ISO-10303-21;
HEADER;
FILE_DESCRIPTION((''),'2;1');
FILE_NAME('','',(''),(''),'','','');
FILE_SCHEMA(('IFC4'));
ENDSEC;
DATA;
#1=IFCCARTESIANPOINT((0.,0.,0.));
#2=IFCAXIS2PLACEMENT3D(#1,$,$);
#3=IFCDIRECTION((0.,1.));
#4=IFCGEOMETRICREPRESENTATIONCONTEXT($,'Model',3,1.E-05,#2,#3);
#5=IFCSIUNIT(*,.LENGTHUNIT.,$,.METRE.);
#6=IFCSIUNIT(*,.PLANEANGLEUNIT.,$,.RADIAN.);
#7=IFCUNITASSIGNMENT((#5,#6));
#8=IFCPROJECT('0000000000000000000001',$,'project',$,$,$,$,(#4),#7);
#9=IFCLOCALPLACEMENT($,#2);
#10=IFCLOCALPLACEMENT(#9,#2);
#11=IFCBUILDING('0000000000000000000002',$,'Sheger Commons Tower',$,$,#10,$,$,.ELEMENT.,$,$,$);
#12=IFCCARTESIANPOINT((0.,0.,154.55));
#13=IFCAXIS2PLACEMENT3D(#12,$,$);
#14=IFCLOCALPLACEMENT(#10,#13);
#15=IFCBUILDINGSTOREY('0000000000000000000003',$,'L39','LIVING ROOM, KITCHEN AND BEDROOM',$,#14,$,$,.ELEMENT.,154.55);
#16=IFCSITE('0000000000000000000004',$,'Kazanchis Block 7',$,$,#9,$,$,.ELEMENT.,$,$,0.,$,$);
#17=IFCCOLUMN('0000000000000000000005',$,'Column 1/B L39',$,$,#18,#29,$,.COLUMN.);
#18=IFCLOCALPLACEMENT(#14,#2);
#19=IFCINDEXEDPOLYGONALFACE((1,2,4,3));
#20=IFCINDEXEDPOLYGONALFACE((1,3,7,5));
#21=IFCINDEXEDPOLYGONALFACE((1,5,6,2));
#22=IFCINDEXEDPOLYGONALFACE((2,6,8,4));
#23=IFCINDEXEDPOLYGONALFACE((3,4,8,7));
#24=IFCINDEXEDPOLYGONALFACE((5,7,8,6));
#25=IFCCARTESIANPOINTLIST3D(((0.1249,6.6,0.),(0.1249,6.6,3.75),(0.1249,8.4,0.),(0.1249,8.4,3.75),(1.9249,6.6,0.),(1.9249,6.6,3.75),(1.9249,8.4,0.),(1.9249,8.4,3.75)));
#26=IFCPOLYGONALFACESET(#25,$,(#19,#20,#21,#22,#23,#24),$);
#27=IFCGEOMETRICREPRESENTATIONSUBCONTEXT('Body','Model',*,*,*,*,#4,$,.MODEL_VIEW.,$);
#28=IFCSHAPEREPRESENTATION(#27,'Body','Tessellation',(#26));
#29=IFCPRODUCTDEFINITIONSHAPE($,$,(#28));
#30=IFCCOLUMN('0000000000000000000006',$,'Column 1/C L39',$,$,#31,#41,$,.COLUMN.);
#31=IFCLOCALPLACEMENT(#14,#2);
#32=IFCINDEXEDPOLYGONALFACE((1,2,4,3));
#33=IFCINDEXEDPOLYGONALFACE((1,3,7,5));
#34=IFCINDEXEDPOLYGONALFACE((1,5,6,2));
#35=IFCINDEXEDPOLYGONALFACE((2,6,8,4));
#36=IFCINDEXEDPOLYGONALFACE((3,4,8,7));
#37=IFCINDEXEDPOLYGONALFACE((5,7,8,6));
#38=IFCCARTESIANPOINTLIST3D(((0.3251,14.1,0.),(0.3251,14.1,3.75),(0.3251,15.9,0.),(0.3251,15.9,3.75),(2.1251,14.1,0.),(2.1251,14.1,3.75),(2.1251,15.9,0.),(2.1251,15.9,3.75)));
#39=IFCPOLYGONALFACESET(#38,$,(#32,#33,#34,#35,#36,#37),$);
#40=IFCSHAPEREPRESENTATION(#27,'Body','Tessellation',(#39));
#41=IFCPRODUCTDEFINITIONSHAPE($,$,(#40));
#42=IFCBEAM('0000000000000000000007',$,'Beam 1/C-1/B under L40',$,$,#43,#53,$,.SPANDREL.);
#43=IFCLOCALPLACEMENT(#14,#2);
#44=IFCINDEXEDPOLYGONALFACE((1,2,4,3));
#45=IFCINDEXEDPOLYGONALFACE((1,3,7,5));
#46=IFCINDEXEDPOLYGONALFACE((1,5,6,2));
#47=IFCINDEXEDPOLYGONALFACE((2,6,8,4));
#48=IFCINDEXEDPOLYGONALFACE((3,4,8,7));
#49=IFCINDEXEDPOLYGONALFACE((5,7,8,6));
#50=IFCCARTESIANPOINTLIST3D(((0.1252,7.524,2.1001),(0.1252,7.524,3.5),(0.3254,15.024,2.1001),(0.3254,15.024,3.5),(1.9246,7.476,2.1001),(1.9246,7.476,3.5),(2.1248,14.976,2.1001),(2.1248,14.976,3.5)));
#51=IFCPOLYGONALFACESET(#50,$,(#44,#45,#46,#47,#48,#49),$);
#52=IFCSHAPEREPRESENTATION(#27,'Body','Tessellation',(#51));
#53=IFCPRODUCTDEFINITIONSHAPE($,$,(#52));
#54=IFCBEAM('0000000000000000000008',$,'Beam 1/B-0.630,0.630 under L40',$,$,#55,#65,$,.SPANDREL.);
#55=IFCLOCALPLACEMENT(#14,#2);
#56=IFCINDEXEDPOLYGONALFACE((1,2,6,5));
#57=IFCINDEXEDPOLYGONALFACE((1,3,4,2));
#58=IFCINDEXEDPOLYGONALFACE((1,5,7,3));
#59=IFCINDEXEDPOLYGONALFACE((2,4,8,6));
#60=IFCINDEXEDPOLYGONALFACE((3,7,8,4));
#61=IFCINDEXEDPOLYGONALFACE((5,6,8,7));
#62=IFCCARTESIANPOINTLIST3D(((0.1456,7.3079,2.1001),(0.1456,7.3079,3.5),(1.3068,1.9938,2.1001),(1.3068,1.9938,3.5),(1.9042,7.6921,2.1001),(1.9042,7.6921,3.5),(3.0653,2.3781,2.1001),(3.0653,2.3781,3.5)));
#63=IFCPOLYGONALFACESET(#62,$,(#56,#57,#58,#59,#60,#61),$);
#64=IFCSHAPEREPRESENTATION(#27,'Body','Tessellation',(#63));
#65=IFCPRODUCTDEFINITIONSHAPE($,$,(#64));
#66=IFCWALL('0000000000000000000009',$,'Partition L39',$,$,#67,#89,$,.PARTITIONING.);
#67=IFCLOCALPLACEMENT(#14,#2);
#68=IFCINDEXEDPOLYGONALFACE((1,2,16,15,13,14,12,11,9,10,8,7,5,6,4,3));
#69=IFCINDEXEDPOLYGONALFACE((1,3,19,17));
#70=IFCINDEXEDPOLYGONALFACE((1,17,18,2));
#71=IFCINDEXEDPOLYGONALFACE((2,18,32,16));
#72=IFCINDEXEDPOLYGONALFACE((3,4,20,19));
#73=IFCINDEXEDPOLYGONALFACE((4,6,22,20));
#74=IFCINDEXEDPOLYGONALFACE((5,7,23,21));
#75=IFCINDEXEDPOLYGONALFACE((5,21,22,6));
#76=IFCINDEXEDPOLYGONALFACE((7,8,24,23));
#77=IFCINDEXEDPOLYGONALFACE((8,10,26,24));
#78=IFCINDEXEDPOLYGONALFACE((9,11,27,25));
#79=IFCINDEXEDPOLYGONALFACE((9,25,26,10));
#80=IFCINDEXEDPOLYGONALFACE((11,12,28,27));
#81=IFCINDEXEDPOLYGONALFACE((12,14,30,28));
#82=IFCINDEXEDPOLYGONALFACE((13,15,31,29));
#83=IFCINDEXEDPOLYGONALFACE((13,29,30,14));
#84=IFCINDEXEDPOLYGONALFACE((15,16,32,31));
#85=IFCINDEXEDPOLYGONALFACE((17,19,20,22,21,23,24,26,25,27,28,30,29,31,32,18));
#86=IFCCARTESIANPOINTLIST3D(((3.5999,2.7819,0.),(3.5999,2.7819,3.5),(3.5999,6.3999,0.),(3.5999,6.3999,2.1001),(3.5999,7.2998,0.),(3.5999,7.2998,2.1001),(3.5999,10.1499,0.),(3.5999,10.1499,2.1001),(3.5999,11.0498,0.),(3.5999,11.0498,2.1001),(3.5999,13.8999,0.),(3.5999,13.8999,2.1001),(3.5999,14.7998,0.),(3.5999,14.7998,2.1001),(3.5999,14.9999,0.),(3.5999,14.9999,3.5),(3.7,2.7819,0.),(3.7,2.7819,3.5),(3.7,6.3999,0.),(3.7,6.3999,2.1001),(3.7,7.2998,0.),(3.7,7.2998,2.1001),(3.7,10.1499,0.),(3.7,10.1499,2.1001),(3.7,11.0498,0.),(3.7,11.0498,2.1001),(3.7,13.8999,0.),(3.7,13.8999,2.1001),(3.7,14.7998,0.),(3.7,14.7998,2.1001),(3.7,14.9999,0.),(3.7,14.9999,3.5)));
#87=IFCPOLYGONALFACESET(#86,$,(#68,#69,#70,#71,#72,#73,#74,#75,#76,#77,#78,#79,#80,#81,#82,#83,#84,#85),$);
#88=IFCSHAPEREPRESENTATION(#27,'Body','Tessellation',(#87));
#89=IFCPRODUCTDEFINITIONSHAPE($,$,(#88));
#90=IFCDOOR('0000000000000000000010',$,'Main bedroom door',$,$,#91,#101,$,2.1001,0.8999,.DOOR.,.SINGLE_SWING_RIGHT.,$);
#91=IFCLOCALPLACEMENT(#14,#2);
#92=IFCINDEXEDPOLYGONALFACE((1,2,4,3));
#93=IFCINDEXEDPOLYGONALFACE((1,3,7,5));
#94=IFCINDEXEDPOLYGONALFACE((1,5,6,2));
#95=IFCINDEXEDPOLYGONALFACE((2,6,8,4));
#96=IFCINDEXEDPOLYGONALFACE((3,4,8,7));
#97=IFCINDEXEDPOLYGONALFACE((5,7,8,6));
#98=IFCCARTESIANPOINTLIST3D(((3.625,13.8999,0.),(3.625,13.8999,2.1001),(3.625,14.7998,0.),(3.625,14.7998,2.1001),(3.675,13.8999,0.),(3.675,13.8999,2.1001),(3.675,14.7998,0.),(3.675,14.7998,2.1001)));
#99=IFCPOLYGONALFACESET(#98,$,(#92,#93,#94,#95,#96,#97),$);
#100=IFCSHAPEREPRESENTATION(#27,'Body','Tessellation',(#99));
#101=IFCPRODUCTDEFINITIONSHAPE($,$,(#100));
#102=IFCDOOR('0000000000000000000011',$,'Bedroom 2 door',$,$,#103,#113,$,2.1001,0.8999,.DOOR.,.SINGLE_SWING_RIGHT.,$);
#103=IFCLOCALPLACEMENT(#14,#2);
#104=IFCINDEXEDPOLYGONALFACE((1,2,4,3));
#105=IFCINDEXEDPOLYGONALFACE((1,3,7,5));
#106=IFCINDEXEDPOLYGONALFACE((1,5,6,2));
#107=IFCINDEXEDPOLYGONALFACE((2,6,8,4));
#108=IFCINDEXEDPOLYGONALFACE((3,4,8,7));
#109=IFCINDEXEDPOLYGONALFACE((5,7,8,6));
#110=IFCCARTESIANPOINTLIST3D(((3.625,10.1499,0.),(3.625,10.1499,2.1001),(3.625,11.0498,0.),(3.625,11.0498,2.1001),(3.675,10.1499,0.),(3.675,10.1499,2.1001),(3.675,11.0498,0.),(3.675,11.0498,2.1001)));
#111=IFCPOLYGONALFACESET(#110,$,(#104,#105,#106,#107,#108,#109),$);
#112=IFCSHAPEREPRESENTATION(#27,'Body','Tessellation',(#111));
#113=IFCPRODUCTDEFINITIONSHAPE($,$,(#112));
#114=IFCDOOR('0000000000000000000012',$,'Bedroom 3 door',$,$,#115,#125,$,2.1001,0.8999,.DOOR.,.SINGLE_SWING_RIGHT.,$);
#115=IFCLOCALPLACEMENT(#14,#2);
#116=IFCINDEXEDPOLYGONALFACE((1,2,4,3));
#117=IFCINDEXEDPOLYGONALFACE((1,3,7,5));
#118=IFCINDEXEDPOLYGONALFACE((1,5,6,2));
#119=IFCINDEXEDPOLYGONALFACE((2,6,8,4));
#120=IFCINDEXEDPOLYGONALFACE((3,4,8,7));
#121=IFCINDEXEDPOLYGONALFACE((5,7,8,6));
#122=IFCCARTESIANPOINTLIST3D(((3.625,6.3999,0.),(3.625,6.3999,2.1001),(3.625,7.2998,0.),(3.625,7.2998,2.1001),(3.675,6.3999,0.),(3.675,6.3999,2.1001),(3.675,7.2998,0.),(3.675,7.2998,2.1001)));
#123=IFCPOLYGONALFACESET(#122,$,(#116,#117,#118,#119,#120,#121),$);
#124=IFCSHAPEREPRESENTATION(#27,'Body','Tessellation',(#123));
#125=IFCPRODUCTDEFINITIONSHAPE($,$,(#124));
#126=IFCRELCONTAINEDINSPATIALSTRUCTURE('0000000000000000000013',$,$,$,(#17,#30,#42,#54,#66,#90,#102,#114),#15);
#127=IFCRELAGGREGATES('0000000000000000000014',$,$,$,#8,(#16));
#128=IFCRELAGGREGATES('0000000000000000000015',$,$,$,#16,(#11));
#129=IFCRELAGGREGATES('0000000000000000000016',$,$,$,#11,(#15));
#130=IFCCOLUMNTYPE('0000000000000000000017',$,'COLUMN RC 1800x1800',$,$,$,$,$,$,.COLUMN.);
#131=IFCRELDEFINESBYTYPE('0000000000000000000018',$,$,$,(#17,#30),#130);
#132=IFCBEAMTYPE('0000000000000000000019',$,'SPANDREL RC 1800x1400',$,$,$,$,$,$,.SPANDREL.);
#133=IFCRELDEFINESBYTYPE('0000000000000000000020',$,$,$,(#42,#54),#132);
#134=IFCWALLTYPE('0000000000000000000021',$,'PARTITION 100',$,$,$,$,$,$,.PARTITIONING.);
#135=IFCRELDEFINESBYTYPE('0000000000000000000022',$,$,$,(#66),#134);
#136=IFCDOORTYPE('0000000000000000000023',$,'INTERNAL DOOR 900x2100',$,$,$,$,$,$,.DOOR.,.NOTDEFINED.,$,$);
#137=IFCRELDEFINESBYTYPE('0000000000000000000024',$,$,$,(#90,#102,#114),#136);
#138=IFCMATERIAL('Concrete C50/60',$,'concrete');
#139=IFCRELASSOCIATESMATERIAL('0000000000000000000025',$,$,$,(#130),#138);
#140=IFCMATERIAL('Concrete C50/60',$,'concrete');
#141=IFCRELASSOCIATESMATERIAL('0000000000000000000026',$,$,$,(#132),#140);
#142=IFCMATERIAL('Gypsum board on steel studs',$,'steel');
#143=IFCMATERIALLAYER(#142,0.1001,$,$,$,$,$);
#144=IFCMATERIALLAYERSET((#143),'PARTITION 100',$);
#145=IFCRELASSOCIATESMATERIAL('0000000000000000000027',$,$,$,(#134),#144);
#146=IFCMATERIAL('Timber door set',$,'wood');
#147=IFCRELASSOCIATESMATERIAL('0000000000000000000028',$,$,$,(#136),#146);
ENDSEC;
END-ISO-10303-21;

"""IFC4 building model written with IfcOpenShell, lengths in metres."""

from ifc_helpers import new_model, si_unit, direction, frame, frame_2d, origin, origin_2d, place, context, subcontext, project, spatial, rectangle, extrude, material, layer, layer_set, material_profile, profile_set, type_object, element, fill, save


model = new_model("IFC4")

# Units and contexts
model_context = context("Model", 3, precision=1e-05, world=origin(), true_north=direction((0.0, 1.0)))
body_context = subcontext(model_context, "Body", "Model", "MODEL_VIEW")
ifc_project = project(units=[si_unit("LENGTHUNIT", "METRE"), si_unit("PLANEANGLEUNIT", "RADIAN")], contexts=[model_context])

# Site, building, storey
site_placement = place(None, origin())
site = spatial("IfcSite", under=ifc_project, at=site_placement, Name="Kazanchis Block 7", CompositionType="ELEMENT", RefElevation=0.0)
building_placement = place(site_placement, origin())
building = spatial("IfcBuilding", under=site, at=building_placement, Name="Sheger Commons Tower", CompositionType="ELEMENT")
storey_placement = place(building_placement, frame((0.0, 0.0, 154.55)))
storey = spatial("IfcBuildingStorey", under=building, at=storey_placement, Name="L39", Description="LIVING ROOM, KITCHEN AND BEDROOM", CompositionType="ELEMENT", Elevation=154.55)

# Columns
ifc_material_1 = material(Name="Concrete C50/60", Category="concrete")
ifc_material_profile_1 = material_profile(ifc_material_1, rectangle(XDim=1.8, YDim=1.8, at=origin_2d()), Name="RC 1800x1800")
ifc_profile_set_1 = profile_set([ifc_material_profile_1], Name="Concrete C50/60")
column_type = type_object("IfcColumnType", Name="COLUMN RC 1800x1800", PredefinedType="COLUMN", material=ifc_profile_set_1)
for number, where, z_axis, x_axis, name in (
    (1, (1.0249, 7.5, 0.0), (0.0, 0.0, 1.0), (1.0, 0.0, 0.0), "Column 1/B L39"),
    (2, (1.2251, 15.0, 0.0), (0.0, 0.0, 1.0), (1.0, 0.0, 0.0), "Column 1/C L39"),
):
    element("IfcColumn", number, at=place(storey_placement, frame(where, z_axis=z_axis, x_axis=x_axis)), inside=storey, type_object=column_type, Name=name, PredefinedType="COLUMN", context=body_context, shape_type="SweptSolid", body=[
        extrude(rectangle(XDim=1.8, YDim=1.8, at=origin_2d()), origin(), (0.0, 0.0, 1.0), 3.75),
    ])

# Beams
ifc_material_2 = material(Name="Concrete C50/60", Category="concrete")
ifc_material_profile_2 = material_profile(ifc_material_2, rectangle(XDim=1.8, YDim=1.3999, at=origin_2d()), Name="RC 1800x1400")
ifc_profile_set_2 = profile_set([ifc_material_profile_2], Name="Concrete C50/60")
beam_type = type_object("IfcBeamType", Name="SPANDREL RC 1800x1400", PredefinedType="SPANDREL", material=ifc_profile_set_2)
beam_1_placement = place(storey_placement, frame((1.2251, 15.0, 2.8), z_axis=(-0.026683, -0.999644, 0.0), x_axis=(0.999644, -0.026683, 0.0)))
element("IfcBeam", 3, at=beam_1_placement, inside=storey, type_object=beam_type, Name="Beam 1/C-1/B under L40", PredefinedType="SPANDREL", context=body_context, shape_type="SweptSolid", body=[
    extrude(rectangle(XDim=1.8, YDim=1.3999, at=origin_2d()), origin(), (0.0, 0.0, 1.0), 7.5027),
])
beam_2_placement = place(storey_placement, frame((1.0249, 7.5, 2.8), z_axis=(0.213469, -0.97695, 0.0), x_axis=(0.97695, 0.213469, 0.0)))
element("IfcBeam", 4, at=beam_2_placement, inside=storey, type_object=beam_type, Name="Beam 1/B-0.630,0.630 under L40", PredefinedType="SPANDREL", context=body_context, shape_type="SweptSolid", body=[
    extrude(rectangle(XDim=1.8, YDim=1.3999, at=origin_2d()), origin(), (0.0, 0.0, 1.0), 5.4395),
])

# Wall, openings, doors
ifc_material_3 = material(Name="Gypsum board on steel studs", Category="steel")
ifc_layer = layer(ifc_material_3, 0.1001)
ifc_layer_set = layer_set([ifc_layer], Name="PARTITION 100")
wall_type = type_object("IfcWallType", Name="PARTITION 100", PredefinedType="PARTITIONING", material=ifc_layer_set)
wall_1_placement = place(storey_placement, frame((3.6499, 2.782, 0.0), z_axis=(0.0, 0.0, 1.0), x_axis=(0.0, 1.0, 0.0)))
wall_1 = element("IfcWall", 5, at=wall_1_placement, inside=storey, type_object=wall_type, Name="Partition L39", PredefinedType="PARTITIONING", context=body_context, shape_type="SweptSolid", body=[
    extrude(rectangle(XDim=12.218, YDim=0.1001, at=frame_2d((6.1089, 0.0))), origin(), (0.0, 0.0, 1.0), 3.5),
])
opening_1_placement = place(wall_1_placement, frame((11.1179, 0.0, 0.0)))
opening_1 = element("IfcOpeningElement", 6, at=opening_1_placement, cuts=wall_1, PredefinedType="OPENING", context=body_context, shape_type="SweptSolid", body=[
    extrude(rectangle(XDim=0.8999, YDim=2.1001, at=frame_2d((0.45, 1.05))), frame((0.0, 0.0601, 0.0), z_axis=(0.0, -1.0, 0.0), x_axis=(1.0, 0.0, 0.0)), (0.0, 0.0, 1.0), 0.1201),
])
opening_2_placement = place(wall_1_placement, frame((7.3679, 0.0, 0.0)))
opening_2 = element("IfcOpeningElement", 7, at=opening_2_placement, cuts=wall_1, PredefinedType="OPENING", context=body_context, shape_type="SweptSolid", body=[
    extrude(rectangle(XDim=0.8999, YDim=2.1001, at=frame_2d((0.45, 1.05))), frame((0.0, 0.0601, 0.0), z_axis=(0.0, -1.0, 0.0), x_axis=(1.0, 0.0, 0.0)), (0.0, 0.0, 1.0), 0.1201),
])
opening_3_placement = place(wall_1_placement, frame((3.6179, 0.0, 0.0)))
opening_3 = element("IfcOpeningElement", 8, at=opening_3_placement, cuts=wall_1, PredefinedType="OPENING", context=body_context, shape_type="SweptSolid", body=[
    extrude(rectangle(XDim=0.8999, YDim=2.1001, at=frame_2d((0.45, 1.05))), frame((0.0, 0.0601, 0.0), z_axis=(0.0, -1.0, 0.0), x_axis=(1.0, 0.0, 0.0)), (0.0, 0.0, 1.0), 0.1201),
])
ifc_material_4 = material(Name="Timber door set", Category="wood")
door_type = type_object("IfcDoorType", Name="INTERNAL DOOR 900x2100", OperationType="NOTDEFINED", PredefinedType="DOOR", material=ifc_material_4)
door_1_placement = place(opening_1_placement, origin())
door_1 = element("IfcDoor", 9, at=door_1_placement, inside=storey, type_object=door_type, Name="Main bedroom door", OperationType="SINGLE_SWING_RIGHT", OverallHeight=2.1001, OverallWidth=0.8999, PredefinedType="DOOR", context=body_context, shape_type="SweptSolid", body=[
    extrude(rectangle(XDim=0.8999, YDim=2.1001, at=frame_2d((0.45, 1.05))), frame((0.0, 0.0249, 0.0), z_axis=(0.0, -1.0, 0.0), x_axis=(1.0, 0.0, 0.0)), (0.0, 0.0, 1.0), 0.05),
])
fill(opening_1, door_1)
door_2_placement = place(opening_2_placement, origin())
door_2 = element("IfcDoor", 10, at=door_2_placement, inside=storey, type_object=door_type, Name="Bedroom 2 door", OperationType="SINGLE_SWING_RIGHT", OverallHeight=2.1001, OverallWidth=0.8999, PredefinedType="DOOR", context=body_context, shape_type="SweptSolid", body=[
    extrude(rectangle(XDim=0.8999, YDim=2.1001, at=frame_2d((0.45, 1.05))), frame((0.0, 0.0249, 0.0), z_axis=(0.0, -1.0, 0.0), x_axis=(1.0, 0.0, 0.0)), (0.0, 0.0, 1.0), 0.05),
])
fill(opening_2, door_2)
door_3_placement = place(opening_3_placement, origin())
door_3 = element("IfcDoor", 11, at=door_3_placement, inside=storey, type_object=door_type, Name="Bedroom 3 door", OperationType="SINGLE_SWING_RIGHT", OverallHeight=2.1001, OverallWidth=0.8999, PredefinedType="DOOR", context=body_context, shape_type="SweptSolid", body=[
    extrude(rectangle(XDim=0.8999, YDim=2.1001, at=frame_2d((0.45, 1.05))), frame((0.0, 0.0249, 0.0), z_axis=(0.0, -1.0, 0.0), x_axis=(1.0, 0.0, 0.0)), (0.0, 0.0, 1.0), 0.05),
])
fill(opening_3, door_3)

save(model, "model.ifc")
